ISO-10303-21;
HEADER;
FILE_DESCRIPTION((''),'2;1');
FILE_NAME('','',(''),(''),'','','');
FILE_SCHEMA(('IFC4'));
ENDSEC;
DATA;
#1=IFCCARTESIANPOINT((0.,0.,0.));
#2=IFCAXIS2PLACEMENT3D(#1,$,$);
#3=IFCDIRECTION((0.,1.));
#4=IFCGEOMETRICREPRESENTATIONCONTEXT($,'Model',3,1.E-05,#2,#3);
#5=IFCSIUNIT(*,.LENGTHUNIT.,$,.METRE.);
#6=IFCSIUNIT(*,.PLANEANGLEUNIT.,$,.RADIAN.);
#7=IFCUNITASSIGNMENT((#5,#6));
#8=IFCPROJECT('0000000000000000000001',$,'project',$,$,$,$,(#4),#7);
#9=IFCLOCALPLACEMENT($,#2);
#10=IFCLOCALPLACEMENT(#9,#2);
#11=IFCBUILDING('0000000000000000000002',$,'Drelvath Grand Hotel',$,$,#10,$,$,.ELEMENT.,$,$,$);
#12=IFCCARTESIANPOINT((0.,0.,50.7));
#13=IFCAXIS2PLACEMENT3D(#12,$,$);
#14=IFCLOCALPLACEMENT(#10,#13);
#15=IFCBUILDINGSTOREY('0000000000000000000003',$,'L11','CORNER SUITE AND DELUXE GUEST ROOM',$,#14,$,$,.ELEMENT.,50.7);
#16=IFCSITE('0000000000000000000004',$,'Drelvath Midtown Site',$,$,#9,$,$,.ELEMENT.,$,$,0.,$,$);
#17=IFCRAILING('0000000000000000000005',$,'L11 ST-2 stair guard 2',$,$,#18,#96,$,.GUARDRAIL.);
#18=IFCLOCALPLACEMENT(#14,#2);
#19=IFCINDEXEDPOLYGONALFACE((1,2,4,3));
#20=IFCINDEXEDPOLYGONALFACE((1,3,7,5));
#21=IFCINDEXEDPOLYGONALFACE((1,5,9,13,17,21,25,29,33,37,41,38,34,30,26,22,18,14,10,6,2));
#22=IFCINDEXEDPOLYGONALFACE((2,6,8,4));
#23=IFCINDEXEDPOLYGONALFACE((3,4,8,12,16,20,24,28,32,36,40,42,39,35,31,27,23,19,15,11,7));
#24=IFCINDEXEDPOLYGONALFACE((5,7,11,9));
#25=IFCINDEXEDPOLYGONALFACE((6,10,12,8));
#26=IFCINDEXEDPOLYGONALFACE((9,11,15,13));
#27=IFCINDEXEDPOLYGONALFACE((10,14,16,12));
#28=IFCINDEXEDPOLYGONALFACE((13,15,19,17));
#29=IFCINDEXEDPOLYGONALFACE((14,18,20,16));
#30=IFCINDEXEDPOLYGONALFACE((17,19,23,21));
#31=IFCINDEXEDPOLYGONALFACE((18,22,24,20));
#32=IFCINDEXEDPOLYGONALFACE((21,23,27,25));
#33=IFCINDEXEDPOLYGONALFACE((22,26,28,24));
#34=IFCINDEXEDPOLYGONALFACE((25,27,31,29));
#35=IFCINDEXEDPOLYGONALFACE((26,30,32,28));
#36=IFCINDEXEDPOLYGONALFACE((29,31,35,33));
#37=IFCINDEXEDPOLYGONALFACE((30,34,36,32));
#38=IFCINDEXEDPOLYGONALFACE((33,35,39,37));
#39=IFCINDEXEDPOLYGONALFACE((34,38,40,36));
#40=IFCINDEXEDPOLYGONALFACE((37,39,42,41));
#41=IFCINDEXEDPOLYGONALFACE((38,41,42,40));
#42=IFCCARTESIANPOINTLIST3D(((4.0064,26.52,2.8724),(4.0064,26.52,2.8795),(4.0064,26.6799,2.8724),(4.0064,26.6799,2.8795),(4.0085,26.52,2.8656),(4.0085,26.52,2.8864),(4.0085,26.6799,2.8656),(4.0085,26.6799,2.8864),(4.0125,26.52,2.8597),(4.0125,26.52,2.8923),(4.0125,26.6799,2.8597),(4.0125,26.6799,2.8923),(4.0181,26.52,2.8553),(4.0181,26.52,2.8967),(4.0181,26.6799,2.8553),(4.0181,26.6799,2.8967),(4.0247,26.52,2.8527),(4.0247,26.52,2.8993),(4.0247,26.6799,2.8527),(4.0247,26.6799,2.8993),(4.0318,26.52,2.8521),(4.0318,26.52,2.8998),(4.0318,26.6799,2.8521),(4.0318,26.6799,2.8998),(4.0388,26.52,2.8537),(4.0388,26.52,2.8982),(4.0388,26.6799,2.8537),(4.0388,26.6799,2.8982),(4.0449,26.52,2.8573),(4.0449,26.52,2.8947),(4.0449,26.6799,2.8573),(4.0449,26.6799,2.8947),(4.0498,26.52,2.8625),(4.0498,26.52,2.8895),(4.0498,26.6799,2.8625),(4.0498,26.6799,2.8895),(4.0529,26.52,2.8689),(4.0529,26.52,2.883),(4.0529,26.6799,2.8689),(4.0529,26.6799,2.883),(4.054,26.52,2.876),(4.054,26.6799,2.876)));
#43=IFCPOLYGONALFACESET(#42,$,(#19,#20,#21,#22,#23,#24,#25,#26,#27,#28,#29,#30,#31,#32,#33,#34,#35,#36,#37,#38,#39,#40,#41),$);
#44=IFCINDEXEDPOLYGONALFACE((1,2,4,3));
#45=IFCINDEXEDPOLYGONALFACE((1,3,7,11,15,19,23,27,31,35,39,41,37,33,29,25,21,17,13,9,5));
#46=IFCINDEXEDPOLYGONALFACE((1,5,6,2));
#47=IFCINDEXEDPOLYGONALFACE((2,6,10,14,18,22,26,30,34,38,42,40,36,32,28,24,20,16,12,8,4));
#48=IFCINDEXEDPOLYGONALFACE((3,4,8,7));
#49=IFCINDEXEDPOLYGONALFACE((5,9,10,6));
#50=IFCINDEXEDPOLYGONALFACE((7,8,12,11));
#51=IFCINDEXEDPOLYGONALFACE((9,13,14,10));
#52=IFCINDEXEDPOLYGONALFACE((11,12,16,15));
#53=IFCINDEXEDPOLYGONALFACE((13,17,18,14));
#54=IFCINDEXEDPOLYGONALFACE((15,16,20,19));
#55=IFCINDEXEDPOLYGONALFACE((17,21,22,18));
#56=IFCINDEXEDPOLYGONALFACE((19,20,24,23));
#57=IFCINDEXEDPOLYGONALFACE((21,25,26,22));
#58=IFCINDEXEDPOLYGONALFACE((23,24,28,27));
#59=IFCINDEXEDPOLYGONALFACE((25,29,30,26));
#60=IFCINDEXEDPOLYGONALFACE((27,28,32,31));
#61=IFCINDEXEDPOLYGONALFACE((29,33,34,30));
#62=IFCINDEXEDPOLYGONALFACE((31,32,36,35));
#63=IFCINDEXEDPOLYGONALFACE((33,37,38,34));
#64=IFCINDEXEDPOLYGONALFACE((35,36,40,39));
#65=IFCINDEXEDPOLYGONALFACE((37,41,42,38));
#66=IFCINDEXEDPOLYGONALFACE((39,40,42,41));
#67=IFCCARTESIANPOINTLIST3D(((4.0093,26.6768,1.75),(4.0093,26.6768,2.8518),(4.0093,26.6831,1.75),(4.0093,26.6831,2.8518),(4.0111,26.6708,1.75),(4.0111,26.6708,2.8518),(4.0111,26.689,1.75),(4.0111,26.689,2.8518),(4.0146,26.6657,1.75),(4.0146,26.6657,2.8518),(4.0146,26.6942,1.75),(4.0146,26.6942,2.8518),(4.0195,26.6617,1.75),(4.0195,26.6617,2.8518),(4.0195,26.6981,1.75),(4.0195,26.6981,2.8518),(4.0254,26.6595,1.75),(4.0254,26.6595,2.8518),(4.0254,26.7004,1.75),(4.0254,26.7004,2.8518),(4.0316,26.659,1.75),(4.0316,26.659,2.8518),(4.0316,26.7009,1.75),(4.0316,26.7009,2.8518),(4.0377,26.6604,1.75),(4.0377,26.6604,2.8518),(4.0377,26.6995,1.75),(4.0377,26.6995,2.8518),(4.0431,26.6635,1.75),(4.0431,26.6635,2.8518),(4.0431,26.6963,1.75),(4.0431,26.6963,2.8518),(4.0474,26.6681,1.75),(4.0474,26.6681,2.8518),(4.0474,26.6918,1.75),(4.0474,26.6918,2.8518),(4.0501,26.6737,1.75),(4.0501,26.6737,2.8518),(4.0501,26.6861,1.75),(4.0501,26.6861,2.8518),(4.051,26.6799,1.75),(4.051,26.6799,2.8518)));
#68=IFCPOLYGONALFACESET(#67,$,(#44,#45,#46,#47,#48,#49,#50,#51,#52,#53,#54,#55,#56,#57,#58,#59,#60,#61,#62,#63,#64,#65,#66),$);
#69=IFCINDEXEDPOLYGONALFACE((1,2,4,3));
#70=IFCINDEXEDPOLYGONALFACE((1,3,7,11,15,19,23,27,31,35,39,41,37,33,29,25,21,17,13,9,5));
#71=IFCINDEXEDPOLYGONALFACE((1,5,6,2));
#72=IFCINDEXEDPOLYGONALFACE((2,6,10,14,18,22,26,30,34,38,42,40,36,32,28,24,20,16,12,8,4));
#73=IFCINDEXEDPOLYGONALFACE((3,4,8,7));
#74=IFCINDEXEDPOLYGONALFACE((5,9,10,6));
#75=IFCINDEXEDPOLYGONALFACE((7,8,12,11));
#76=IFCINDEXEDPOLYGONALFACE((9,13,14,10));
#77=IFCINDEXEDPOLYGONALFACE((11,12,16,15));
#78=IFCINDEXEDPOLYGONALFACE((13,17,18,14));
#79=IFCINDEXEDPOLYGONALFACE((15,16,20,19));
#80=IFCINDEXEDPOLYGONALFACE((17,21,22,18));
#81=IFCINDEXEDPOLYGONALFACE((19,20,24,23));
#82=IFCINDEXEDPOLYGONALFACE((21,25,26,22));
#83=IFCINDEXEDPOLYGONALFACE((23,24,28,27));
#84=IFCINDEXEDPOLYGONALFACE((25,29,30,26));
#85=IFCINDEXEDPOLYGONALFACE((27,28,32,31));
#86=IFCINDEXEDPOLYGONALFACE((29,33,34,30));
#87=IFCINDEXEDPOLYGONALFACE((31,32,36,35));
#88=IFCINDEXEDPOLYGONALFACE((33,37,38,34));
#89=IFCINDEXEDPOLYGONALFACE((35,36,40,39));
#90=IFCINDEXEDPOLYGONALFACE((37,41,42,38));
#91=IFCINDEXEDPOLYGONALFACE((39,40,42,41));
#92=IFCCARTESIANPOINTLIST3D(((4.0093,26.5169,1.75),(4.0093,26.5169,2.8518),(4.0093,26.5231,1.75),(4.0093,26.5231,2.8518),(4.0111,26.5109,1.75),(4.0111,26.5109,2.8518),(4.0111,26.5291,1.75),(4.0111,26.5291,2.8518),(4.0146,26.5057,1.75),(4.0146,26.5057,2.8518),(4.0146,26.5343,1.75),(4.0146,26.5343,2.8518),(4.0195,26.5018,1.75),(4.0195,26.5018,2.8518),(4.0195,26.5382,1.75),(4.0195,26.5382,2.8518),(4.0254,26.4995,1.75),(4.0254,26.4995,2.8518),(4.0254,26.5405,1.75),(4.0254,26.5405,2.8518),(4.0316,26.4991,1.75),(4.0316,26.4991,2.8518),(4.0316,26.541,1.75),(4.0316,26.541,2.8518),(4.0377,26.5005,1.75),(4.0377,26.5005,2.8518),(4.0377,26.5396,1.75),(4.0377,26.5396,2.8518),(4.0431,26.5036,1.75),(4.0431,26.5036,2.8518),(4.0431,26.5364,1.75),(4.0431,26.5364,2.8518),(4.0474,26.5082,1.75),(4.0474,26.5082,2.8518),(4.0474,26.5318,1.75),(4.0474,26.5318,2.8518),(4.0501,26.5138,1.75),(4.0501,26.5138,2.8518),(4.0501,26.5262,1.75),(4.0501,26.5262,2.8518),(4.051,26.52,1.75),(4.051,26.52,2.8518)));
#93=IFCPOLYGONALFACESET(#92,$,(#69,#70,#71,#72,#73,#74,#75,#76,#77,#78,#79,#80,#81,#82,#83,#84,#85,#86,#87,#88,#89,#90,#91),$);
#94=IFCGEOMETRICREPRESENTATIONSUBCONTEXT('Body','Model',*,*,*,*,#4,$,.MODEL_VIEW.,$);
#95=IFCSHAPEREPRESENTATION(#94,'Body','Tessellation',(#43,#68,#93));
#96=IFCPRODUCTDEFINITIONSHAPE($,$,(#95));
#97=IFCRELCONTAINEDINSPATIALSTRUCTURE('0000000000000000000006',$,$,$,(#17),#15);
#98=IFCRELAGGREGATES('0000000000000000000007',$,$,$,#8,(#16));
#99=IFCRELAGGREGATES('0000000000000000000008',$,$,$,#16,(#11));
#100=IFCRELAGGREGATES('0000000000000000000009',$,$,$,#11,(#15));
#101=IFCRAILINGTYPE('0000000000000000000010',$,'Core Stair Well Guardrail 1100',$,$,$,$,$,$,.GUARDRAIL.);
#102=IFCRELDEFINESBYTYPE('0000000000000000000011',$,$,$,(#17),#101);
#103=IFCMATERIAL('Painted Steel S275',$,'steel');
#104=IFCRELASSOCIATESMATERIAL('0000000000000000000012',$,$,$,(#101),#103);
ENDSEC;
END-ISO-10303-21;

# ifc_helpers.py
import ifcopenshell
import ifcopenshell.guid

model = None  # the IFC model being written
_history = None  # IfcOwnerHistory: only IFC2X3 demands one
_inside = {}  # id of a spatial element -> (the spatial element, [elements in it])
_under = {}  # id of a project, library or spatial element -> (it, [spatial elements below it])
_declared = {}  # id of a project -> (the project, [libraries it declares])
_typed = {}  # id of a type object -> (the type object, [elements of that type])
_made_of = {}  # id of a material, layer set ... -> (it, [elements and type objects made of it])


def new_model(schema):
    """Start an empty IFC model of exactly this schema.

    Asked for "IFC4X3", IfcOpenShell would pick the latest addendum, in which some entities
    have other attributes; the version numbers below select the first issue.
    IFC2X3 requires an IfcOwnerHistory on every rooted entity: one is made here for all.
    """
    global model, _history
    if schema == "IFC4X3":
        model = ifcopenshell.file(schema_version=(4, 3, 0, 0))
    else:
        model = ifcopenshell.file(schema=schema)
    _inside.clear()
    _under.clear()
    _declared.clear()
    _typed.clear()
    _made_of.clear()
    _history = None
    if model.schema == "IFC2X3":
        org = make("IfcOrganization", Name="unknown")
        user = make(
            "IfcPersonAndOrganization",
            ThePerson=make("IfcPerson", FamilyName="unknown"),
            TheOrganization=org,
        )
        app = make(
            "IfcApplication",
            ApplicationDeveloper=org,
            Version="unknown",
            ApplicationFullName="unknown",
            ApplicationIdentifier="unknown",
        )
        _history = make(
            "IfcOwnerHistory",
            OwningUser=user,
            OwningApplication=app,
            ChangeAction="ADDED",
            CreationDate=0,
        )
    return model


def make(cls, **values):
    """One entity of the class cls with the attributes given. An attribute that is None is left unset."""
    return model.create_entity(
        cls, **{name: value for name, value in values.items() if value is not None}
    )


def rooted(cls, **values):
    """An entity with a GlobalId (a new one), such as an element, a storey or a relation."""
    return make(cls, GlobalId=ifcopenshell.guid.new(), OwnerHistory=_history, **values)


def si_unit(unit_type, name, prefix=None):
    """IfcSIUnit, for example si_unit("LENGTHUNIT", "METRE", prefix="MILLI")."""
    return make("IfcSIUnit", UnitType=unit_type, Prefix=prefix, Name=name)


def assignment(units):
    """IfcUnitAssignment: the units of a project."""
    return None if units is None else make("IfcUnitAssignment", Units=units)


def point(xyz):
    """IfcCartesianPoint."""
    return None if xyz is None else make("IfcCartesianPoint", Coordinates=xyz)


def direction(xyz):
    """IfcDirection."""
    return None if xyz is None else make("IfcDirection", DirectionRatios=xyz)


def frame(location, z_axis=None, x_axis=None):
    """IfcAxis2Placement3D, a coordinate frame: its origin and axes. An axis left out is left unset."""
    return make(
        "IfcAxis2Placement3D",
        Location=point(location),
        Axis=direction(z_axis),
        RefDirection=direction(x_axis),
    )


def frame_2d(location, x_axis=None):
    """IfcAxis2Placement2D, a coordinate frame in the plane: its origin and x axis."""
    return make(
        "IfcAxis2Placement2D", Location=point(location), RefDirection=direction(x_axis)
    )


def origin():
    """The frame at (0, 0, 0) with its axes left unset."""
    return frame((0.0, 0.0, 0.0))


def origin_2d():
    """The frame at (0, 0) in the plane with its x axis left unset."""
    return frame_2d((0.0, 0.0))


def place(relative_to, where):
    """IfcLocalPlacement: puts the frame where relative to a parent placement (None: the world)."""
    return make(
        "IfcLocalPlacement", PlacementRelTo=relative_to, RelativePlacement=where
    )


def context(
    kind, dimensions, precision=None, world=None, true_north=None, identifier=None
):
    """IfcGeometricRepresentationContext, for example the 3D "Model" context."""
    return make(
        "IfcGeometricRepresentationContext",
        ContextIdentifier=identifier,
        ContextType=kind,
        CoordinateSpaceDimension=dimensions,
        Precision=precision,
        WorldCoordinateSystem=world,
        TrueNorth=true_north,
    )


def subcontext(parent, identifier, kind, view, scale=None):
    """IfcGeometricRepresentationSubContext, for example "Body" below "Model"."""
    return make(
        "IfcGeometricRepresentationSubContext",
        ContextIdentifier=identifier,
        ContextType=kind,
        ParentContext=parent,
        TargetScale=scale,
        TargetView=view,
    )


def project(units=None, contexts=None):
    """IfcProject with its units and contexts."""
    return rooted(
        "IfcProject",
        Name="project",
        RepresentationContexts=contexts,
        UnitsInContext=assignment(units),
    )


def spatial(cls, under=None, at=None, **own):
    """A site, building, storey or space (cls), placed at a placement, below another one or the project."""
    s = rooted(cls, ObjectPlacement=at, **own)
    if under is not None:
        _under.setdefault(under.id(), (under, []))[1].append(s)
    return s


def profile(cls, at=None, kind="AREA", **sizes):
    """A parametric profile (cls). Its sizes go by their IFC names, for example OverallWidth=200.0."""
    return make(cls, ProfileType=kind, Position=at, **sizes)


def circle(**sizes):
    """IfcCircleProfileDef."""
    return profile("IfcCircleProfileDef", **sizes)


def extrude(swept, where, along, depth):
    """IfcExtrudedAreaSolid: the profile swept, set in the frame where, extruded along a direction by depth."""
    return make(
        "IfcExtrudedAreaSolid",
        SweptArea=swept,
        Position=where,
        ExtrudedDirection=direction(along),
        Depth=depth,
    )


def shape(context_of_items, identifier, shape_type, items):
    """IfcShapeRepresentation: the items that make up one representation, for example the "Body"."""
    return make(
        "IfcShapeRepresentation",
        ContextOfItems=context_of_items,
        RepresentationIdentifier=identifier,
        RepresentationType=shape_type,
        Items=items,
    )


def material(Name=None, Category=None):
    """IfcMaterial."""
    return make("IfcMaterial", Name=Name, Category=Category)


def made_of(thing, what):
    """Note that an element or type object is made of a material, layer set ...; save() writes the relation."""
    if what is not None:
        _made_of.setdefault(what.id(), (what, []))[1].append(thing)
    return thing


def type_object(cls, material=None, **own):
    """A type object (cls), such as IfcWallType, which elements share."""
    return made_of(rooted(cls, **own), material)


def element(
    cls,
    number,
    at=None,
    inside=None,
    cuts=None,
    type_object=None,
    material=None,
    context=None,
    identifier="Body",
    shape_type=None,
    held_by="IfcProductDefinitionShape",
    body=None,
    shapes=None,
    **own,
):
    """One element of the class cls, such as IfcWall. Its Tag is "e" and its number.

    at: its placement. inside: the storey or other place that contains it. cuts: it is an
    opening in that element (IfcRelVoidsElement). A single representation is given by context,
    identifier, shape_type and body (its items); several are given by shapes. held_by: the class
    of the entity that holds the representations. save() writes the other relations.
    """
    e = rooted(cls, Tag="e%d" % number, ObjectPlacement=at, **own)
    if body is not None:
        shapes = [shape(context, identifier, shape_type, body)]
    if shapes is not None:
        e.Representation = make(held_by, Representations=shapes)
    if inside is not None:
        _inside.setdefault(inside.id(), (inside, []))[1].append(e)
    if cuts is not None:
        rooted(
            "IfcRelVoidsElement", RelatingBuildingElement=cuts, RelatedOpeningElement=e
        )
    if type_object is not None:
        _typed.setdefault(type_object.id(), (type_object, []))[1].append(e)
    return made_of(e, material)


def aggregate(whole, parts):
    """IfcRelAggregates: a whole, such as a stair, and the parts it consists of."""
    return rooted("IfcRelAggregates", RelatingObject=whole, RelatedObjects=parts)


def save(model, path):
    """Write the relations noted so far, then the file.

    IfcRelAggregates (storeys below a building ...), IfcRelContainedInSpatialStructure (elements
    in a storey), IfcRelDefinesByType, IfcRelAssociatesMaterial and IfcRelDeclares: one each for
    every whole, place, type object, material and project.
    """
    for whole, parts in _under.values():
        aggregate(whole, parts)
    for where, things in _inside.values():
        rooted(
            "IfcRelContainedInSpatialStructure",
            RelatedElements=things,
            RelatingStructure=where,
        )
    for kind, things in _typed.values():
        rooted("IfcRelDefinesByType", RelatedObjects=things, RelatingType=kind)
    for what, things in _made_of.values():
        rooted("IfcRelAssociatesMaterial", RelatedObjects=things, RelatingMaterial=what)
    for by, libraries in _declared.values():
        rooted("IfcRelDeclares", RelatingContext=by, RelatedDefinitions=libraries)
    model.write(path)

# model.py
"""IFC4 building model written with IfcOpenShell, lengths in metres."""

from ifc_helpers import new_model, si_unit, direction, frame, origin, origin_2d, place, context, subcontext, project, spatial, circle, extrude, material, type_object, element, save


model = new_model("IFC4")

# Units and contexts
model_context = context("Model", 3, precision=1e-05, world=origin(), true_north=direction((0.0, 1.0)))
body_context = subcontext(model_context, "Body", "Model", "MODEL_VIEW")
ifc_project = project(units=[si_unit("LENGTHUNIT", "METRE"), si_unit("PLANEANGLEUNIT", "RADIAN")], contexts=[model_context])

# Site, building, storey
site_placement = place(None, origin())
site = spatial("IfcSite", under=ifc_project, at=site_placement, Name="Drelvath Midtown Site", CompositionType="ELEMENT", RefElevation=0.0)
building_placement = place(site_placement, origin())
building = spatial("IfcBuilding", under=site, at=building_placement, Name="Drelvath Grand Hotel", CompositionType="ELEMENT")
storey_placement = place(building_placement, frame((0.0, 0.0, 50.7)))
storey = spatial("IfcBuildingStorey", under=building, at=storey_placement, Name="L11", Description="CORNER SUITE AND DELUXE GUEST ROOM", CompositionType="ELEMENT", Elevation=50.7)

# Shared definitions
ifc_material_1 = material(Name="Painted Steel S275", Category="steel")

# Railing
railing_type_1 = type_object("IfcRailingType", Name="Core Stair Well Guardrail 1100", PredefinedType="GUARDRAIL", material=ifc_material_1)
railing_1_placement = place(storey_placement, frame((4.03, 26.6799, 1.75)))
element("IfcRailing", 1, at=railing_1_placement, inside=storey, type_object=railing_type_1, Name="L11 ST-2 stair guard 2", PredefinedType="GUARDRAIL", context=body_context, shape_type="SweptSolid", body=[
    extrude(circle(Radius=0.0239, at=origin_2d()), frame((0.0, 0.0, 1.126), z_axis=(0.0, -1.0, 0.0), x_axis=(1.0, 0.0, 0.0)), (0.0, 0.0, 1.0), 0.1599),
    extrude(circle(Radius=0.021, at=origin_2d()), origin(), (0.0, 0.0, 1.0), 1.1018),
    extrude(circle(Radius=0.021, at=origin_2d()), frame((0.0, -0.1599, 0.0)), (0.0, 0.0, 1.0), 1.1018),
])

save(model, "model.ifc")
